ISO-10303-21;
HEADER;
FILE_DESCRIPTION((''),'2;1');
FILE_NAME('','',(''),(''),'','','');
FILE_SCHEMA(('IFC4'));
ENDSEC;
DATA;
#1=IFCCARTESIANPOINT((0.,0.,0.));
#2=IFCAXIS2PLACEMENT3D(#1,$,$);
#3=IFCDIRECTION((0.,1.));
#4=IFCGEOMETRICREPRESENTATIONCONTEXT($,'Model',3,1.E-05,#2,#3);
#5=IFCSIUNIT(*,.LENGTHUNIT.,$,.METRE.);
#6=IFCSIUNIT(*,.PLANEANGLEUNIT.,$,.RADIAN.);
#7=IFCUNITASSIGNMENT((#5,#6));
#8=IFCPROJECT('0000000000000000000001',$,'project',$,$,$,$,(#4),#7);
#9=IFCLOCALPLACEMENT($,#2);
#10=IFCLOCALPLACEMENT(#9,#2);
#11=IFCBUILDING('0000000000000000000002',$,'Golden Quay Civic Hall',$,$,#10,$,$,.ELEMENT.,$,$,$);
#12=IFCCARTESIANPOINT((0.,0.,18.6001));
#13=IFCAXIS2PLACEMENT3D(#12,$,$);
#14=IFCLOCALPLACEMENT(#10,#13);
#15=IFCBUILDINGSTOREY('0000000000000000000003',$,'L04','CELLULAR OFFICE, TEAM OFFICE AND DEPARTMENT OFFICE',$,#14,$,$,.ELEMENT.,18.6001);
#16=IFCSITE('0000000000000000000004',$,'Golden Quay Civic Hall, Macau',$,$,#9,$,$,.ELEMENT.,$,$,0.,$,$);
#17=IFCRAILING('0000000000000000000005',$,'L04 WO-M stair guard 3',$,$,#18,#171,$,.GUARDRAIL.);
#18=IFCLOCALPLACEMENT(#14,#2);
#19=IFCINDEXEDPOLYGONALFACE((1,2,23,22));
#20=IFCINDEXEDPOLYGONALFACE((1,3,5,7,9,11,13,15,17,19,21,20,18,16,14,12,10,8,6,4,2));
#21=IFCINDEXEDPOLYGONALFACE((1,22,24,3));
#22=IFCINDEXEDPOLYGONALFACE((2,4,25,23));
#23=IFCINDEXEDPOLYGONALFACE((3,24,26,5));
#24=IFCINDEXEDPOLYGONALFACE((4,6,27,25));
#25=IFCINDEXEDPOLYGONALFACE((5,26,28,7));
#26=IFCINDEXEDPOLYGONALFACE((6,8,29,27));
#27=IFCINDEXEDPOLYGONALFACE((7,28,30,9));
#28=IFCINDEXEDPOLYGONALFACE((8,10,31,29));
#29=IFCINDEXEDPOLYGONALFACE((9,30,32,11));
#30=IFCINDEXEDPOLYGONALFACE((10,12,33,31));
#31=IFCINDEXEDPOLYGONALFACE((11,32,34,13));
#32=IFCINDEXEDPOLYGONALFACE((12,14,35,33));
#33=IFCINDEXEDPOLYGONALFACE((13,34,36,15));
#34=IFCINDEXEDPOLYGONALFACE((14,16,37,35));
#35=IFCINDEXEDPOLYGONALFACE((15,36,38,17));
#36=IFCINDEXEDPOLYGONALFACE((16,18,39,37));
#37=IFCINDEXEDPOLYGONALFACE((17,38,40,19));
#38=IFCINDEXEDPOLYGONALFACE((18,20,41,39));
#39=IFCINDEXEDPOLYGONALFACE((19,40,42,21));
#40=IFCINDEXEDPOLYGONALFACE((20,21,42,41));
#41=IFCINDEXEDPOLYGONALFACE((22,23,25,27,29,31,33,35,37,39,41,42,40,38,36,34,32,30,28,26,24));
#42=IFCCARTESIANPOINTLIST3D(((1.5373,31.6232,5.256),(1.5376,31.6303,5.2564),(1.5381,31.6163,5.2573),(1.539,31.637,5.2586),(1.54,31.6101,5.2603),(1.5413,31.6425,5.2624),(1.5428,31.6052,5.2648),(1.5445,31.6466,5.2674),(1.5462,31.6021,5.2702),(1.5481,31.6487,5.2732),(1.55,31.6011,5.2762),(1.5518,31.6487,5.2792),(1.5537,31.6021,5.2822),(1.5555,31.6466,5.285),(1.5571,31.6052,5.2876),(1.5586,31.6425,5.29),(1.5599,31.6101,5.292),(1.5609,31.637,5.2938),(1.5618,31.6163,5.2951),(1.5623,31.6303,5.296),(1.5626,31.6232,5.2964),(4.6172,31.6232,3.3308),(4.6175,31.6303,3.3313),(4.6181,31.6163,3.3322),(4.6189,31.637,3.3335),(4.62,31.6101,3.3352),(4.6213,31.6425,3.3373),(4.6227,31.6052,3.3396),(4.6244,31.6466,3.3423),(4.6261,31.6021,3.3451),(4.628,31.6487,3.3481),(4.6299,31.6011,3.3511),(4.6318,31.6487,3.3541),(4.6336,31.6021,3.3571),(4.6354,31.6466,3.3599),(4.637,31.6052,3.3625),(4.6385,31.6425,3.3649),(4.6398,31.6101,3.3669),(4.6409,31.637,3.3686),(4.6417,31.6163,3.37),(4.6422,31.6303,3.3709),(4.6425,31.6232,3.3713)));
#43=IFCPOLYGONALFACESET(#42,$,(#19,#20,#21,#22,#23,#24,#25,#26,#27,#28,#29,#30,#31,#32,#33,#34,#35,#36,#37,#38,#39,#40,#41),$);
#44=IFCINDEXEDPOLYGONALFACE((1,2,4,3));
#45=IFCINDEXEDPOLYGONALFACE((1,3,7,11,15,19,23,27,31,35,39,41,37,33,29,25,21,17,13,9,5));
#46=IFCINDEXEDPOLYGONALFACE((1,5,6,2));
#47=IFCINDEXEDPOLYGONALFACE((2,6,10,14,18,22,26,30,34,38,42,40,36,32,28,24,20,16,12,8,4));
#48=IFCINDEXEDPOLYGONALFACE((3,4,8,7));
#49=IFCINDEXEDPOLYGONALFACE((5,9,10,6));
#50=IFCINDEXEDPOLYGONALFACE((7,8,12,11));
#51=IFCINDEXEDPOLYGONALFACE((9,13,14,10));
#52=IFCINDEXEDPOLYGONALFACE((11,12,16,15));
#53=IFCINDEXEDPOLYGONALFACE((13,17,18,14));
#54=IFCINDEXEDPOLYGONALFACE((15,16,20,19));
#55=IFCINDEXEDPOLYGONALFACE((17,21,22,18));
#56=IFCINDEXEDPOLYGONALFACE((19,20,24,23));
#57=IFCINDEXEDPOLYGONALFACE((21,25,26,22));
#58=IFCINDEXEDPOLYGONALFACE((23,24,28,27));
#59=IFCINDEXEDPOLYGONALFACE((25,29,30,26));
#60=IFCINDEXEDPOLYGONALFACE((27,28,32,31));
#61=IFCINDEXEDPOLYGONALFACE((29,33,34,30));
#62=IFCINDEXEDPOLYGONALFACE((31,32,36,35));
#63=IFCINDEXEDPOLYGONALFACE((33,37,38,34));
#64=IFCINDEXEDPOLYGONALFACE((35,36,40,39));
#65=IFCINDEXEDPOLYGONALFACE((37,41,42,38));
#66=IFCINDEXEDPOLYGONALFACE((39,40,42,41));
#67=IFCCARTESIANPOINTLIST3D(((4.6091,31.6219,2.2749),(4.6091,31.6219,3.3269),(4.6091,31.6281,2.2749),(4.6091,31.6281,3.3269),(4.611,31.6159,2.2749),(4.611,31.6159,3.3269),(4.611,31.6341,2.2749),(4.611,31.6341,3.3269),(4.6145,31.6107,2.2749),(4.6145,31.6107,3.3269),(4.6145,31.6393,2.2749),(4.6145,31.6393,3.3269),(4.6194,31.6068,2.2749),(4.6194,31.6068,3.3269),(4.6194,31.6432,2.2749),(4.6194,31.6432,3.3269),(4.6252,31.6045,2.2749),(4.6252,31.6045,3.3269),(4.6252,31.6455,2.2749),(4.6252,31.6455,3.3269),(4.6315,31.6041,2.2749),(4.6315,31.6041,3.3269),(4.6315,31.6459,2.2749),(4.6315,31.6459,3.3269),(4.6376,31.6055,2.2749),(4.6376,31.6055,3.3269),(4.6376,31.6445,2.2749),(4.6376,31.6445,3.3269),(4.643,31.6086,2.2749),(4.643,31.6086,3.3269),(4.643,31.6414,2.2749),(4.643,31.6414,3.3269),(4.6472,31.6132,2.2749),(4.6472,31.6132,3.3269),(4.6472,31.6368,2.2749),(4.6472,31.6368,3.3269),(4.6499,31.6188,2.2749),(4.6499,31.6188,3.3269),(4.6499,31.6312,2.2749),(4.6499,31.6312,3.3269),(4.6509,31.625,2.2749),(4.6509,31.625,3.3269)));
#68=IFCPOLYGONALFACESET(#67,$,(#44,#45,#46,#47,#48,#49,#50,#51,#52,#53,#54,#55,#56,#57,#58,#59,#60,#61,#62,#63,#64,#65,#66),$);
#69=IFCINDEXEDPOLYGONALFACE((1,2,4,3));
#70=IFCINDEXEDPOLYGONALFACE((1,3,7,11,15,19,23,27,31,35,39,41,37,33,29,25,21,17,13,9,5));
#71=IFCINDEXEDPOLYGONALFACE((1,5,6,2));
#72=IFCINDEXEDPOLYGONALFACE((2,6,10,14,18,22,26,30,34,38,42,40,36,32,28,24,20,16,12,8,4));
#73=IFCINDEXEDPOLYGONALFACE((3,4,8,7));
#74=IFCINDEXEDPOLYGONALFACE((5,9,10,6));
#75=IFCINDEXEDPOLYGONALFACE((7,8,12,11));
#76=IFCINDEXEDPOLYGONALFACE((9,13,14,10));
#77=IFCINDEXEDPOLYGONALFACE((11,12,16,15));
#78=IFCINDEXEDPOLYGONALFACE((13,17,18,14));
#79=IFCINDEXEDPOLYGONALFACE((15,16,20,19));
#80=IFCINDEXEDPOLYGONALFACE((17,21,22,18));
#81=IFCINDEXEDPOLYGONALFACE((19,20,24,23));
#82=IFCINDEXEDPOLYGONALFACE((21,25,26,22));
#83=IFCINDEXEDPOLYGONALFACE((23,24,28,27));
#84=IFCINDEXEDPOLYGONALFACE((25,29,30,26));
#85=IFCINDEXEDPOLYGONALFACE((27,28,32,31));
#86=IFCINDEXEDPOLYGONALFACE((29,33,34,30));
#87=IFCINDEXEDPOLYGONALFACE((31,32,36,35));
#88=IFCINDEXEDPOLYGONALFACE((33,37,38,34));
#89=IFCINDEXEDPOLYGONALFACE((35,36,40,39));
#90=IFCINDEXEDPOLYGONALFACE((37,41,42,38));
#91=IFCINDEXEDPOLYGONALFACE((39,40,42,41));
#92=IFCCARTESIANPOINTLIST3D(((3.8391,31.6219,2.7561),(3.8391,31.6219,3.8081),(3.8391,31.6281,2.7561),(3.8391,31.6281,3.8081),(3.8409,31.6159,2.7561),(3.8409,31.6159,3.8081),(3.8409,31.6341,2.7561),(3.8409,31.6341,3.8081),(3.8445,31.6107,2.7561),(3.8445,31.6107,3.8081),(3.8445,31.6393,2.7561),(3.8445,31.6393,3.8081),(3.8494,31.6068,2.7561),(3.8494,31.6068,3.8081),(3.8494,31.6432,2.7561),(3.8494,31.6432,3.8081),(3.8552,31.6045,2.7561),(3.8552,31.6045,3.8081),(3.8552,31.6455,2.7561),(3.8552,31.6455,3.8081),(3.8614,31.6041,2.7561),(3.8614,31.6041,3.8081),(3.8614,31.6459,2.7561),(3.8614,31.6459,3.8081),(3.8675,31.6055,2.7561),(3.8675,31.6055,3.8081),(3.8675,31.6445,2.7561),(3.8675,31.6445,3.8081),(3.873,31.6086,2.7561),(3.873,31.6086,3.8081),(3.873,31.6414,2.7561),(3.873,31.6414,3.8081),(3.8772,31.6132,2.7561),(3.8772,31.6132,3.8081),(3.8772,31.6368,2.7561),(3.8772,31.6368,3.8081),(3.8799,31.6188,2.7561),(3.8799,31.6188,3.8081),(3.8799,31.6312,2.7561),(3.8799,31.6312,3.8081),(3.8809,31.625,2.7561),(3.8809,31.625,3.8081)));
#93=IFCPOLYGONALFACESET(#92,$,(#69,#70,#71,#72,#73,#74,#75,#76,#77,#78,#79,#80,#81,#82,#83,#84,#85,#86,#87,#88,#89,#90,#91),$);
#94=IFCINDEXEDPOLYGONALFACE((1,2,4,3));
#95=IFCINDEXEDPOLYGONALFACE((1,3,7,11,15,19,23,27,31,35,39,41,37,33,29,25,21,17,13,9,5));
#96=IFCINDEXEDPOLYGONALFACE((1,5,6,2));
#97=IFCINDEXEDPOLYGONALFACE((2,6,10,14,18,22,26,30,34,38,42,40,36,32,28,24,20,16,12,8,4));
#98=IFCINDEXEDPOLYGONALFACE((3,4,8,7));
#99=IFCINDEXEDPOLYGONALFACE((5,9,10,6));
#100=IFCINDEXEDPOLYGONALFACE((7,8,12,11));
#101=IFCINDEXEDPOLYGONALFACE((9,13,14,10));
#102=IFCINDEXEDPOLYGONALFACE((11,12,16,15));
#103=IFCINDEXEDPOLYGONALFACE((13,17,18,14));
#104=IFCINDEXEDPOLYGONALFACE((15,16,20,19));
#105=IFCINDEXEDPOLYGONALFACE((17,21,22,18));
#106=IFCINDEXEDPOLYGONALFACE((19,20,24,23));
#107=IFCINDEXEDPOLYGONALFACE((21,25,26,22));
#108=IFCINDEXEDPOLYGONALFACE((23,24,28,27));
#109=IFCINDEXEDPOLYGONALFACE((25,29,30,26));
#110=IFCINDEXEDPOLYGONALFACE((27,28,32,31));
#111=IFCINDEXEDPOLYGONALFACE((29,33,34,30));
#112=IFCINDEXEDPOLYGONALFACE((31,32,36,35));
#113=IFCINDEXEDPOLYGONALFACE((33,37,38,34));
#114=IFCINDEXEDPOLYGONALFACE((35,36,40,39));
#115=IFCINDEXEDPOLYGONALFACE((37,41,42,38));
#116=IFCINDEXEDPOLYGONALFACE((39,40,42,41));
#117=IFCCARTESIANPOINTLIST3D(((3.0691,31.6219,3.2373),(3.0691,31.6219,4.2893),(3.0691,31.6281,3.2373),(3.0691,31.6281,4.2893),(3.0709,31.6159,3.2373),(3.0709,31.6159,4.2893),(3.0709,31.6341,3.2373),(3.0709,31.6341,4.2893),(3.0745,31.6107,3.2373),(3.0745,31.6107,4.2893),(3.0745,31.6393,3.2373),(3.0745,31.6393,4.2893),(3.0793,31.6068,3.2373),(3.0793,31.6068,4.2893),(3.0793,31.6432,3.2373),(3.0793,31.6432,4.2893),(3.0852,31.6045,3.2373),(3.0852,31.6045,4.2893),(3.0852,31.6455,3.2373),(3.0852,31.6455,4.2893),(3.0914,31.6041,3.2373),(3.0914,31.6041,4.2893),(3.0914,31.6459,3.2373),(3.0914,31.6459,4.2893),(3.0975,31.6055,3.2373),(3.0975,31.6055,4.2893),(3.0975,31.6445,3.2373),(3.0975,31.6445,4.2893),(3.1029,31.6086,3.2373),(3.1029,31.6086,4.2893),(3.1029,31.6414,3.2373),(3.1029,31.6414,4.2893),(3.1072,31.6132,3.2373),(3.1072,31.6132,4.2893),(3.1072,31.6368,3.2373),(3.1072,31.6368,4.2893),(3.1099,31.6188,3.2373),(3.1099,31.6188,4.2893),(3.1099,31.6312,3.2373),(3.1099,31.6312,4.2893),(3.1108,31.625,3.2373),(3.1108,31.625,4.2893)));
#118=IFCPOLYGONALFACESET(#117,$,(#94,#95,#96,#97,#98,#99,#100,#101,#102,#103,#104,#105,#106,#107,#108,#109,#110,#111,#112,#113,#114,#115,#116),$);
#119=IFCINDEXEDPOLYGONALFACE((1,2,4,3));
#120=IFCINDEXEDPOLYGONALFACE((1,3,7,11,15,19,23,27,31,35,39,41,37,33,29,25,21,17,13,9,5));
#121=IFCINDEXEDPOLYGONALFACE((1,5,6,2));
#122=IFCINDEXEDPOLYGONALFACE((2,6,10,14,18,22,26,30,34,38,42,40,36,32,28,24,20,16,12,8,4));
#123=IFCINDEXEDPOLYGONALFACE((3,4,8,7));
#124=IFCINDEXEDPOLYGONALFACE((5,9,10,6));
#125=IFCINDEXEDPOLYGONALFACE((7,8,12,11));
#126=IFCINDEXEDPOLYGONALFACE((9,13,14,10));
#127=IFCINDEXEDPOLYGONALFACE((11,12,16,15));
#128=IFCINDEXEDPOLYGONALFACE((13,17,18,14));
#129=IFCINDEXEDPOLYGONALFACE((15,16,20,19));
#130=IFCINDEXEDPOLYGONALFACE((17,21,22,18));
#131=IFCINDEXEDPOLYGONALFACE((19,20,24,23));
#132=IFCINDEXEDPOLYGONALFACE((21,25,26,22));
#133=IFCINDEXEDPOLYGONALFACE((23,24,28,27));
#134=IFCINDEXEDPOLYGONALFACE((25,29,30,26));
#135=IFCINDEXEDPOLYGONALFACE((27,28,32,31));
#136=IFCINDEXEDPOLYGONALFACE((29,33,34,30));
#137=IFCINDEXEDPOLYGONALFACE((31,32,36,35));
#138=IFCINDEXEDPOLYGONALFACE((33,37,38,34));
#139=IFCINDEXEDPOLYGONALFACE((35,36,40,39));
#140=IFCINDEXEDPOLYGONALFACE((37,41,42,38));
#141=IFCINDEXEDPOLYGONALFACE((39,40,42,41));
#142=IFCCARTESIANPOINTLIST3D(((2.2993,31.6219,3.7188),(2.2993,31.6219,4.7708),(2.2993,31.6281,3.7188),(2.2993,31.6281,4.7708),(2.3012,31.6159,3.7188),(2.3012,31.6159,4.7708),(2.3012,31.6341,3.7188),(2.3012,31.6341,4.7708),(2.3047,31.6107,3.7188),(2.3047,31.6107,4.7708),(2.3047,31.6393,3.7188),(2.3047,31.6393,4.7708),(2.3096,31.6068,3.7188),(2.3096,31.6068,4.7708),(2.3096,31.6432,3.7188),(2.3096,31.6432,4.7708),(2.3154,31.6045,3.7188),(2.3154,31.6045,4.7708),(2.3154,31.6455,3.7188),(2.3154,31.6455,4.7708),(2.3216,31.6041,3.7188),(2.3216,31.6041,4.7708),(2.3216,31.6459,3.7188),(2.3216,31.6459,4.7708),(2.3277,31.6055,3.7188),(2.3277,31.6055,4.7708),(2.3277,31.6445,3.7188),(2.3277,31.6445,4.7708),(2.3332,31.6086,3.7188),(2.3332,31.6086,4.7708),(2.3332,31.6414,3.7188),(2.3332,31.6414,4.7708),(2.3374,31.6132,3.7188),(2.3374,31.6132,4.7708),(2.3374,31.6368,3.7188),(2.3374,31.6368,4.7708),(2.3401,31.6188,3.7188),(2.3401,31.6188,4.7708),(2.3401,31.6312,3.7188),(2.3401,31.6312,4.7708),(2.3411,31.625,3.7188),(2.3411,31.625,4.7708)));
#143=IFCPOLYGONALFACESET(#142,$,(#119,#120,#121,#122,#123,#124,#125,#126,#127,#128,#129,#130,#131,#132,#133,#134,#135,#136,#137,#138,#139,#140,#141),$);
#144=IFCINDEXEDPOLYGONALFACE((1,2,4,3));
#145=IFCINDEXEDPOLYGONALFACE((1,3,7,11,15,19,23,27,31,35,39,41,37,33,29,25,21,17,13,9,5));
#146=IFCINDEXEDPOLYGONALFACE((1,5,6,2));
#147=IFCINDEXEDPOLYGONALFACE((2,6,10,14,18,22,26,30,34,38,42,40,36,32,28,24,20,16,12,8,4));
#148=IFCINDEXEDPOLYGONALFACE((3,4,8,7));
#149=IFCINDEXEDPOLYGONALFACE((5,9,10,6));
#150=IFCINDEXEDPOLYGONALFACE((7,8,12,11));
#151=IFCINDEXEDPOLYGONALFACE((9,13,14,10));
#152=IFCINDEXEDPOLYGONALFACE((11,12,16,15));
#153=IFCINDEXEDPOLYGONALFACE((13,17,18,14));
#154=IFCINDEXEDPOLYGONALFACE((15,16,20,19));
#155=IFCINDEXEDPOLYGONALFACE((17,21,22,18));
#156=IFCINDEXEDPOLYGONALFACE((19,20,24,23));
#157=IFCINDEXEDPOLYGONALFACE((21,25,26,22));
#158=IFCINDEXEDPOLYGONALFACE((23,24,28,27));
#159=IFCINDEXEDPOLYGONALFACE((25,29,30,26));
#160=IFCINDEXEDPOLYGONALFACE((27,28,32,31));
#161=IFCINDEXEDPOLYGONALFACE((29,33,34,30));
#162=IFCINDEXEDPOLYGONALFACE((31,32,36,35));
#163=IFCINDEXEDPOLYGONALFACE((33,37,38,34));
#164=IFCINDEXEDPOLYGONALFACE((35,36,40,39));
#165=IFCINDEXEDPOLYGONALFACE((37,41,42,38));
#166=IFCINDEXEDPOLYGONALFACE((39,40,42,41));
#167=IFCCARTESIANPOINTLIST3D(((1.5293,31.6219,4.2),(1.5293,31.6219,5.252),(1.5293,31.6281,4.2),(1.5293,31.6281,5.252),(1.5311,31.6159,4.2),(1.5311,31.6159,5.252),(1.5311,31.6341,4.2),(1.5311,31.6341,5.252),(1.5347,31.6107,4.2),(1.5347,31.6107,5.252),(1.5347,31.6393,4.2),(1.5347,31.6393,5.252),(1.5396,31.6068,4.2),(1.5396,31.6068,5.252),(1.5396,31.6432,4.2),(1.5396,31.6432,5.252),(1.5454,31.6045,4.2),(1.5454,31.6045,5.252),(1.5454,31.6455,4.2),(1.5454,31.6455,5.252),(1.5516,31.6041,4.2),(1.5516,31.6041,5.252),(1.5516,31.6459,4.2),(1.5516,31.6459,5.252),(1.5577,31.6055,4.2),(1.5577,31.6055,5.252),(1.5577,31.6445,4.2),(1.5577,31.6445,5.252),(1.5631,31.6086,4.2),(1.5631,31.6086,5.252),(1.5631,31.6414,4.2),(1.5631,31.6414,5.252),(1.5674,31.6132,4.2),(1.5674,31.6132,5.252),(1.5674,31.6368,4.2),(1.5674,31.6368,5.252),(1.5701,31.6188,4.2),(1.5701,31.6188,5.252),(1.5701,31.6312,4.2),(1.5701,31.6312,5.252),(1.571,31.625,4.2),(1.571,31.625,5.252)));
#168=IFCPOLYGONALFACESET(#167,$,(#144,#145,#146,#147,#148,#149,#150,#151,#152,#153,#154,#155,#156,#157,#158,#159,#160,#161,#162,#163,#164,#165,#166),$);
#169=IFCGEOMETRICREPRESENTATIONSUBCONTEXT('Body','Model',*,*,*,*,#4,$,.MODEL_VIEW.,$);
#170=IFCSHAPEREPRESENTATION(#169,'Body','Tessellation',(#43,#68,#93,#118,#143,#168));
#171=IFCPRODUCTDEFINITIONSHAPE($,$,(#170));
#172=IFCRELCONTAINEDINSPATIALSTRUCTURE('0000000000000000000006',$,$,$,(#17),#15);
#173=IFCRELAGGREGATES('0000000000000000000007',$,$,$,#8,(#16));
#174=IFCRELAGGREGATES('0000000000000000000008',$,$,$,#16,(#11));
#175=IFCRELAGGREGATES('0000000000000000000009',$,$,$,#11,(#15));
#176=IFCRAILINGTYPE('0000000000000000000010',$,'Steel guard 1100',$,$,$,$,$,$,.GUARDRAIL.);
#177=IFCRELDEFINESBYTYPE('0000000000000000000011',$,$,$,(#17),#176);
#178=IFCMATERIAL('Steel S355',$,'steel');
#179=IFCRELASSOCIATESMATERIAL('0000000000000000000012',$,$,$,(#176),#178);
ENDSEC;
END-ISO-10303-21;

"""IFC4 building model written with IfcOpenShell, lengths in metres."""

from ifc_helpers import new_model, si_unit, direction, frame, origin, origin_2d, place, context, subcontext, project, spatial, circle, extrude, material, type_object, element, save


model = new_model("IFC4")

# Units and contexts
model_context = context("Model", 3, precision=1e-05, world=origin(), true_north=direction((0.0, 1.0)))
body_context = subcontext(model_context, "Body", "Model", "MODEL_VIEW")
ifc_project = project(units=[si_unit("LENGTHUNIT", "METRE"), si_unit("PLANEANGLEUNIT", "RADIAN")], contexts=[model_context])

# Site, building, storey
site_placement = place(None, origin())
site = spatial("IfcSite", under=ifc_project, at=site_placement, Name="Golden Quay Civic Hall, Macau", CompositionType="ELEMENT", RefElevation=0.0)
building_placement = place(site_placement, origin())
building = spatial("IfcBuilding", under=site, at=building_placement, Name="Golden Quay Civic Hall", CompositionType="ELEMENT")
storey_placement = place(building_placement, frame((0.0, 0.0, 18.6001)))
storey = spatial("IfcBuildingStorey", under=building, at=storey_placement, Name="L04", Description="CELLULAR OFFICE, TEAM OFFICE AND DEPARTMENT OFFICE", CompositionType="ELEMENT", Elevation=18.6001)

# Railing
ifc_material_1 = material(Name="Steel S355", Category="steel")
railing_type_1 = type_object("IfcRailingType", Name="Steel guard 1100", PredefinedType="GUARDRAIL", material=ifc_material_1)
railing_1_placement = place(storey_placement, frame((4.6299, 31.625, 2.2749)))
element("IfcRailing", 1, at=railing_1_placement, inside=storey, type_object=railing_type_1, Name="L04 WO-M stair guard 3", PredefinedType="GUARDRAIL", context=body_context, shape_type="SweptSolid", body=[
    extrude(circle(Radius=0.0239, at=origin_2d()), frame((0.0, 0.0, 1.0762), z_axis=(-0.847979, 0.0, 0.530029), x_axis=(0.0, -1.0, 0.0)), (0.0, 0.0, 1.0), 3.6321),
    extrude(circle(Radius=0.021, at=origin_2d()), origin(), (0.0, 0.0, 1.0), 1.052),
    extrude(circle(Radius=0.021, at=origin_2d()), frame((-0.77, 0.0, 0.4812)), (0.0, 0.0, 1.0), 1.052),
    extrude(circle(Radius=0.021, at=origin_2d()), frame((-1.54, 0.0, 0.9624)), (0.0, 0.0, 1.0), 1.052),
    extrude(circle(Radius=0.021, at=origin_2d()), frame((-2.3098, 0.0, 1.4438)), (0.0, 0.0, 1.0), 1.052),
    extrude(circle(Radius=0.021, at=origin_2d()), frame((-3.0798, 0.0, 1.925)), (0.0, 0.0, 1.0), 1.052),
])

save(model, "model.ifc")
